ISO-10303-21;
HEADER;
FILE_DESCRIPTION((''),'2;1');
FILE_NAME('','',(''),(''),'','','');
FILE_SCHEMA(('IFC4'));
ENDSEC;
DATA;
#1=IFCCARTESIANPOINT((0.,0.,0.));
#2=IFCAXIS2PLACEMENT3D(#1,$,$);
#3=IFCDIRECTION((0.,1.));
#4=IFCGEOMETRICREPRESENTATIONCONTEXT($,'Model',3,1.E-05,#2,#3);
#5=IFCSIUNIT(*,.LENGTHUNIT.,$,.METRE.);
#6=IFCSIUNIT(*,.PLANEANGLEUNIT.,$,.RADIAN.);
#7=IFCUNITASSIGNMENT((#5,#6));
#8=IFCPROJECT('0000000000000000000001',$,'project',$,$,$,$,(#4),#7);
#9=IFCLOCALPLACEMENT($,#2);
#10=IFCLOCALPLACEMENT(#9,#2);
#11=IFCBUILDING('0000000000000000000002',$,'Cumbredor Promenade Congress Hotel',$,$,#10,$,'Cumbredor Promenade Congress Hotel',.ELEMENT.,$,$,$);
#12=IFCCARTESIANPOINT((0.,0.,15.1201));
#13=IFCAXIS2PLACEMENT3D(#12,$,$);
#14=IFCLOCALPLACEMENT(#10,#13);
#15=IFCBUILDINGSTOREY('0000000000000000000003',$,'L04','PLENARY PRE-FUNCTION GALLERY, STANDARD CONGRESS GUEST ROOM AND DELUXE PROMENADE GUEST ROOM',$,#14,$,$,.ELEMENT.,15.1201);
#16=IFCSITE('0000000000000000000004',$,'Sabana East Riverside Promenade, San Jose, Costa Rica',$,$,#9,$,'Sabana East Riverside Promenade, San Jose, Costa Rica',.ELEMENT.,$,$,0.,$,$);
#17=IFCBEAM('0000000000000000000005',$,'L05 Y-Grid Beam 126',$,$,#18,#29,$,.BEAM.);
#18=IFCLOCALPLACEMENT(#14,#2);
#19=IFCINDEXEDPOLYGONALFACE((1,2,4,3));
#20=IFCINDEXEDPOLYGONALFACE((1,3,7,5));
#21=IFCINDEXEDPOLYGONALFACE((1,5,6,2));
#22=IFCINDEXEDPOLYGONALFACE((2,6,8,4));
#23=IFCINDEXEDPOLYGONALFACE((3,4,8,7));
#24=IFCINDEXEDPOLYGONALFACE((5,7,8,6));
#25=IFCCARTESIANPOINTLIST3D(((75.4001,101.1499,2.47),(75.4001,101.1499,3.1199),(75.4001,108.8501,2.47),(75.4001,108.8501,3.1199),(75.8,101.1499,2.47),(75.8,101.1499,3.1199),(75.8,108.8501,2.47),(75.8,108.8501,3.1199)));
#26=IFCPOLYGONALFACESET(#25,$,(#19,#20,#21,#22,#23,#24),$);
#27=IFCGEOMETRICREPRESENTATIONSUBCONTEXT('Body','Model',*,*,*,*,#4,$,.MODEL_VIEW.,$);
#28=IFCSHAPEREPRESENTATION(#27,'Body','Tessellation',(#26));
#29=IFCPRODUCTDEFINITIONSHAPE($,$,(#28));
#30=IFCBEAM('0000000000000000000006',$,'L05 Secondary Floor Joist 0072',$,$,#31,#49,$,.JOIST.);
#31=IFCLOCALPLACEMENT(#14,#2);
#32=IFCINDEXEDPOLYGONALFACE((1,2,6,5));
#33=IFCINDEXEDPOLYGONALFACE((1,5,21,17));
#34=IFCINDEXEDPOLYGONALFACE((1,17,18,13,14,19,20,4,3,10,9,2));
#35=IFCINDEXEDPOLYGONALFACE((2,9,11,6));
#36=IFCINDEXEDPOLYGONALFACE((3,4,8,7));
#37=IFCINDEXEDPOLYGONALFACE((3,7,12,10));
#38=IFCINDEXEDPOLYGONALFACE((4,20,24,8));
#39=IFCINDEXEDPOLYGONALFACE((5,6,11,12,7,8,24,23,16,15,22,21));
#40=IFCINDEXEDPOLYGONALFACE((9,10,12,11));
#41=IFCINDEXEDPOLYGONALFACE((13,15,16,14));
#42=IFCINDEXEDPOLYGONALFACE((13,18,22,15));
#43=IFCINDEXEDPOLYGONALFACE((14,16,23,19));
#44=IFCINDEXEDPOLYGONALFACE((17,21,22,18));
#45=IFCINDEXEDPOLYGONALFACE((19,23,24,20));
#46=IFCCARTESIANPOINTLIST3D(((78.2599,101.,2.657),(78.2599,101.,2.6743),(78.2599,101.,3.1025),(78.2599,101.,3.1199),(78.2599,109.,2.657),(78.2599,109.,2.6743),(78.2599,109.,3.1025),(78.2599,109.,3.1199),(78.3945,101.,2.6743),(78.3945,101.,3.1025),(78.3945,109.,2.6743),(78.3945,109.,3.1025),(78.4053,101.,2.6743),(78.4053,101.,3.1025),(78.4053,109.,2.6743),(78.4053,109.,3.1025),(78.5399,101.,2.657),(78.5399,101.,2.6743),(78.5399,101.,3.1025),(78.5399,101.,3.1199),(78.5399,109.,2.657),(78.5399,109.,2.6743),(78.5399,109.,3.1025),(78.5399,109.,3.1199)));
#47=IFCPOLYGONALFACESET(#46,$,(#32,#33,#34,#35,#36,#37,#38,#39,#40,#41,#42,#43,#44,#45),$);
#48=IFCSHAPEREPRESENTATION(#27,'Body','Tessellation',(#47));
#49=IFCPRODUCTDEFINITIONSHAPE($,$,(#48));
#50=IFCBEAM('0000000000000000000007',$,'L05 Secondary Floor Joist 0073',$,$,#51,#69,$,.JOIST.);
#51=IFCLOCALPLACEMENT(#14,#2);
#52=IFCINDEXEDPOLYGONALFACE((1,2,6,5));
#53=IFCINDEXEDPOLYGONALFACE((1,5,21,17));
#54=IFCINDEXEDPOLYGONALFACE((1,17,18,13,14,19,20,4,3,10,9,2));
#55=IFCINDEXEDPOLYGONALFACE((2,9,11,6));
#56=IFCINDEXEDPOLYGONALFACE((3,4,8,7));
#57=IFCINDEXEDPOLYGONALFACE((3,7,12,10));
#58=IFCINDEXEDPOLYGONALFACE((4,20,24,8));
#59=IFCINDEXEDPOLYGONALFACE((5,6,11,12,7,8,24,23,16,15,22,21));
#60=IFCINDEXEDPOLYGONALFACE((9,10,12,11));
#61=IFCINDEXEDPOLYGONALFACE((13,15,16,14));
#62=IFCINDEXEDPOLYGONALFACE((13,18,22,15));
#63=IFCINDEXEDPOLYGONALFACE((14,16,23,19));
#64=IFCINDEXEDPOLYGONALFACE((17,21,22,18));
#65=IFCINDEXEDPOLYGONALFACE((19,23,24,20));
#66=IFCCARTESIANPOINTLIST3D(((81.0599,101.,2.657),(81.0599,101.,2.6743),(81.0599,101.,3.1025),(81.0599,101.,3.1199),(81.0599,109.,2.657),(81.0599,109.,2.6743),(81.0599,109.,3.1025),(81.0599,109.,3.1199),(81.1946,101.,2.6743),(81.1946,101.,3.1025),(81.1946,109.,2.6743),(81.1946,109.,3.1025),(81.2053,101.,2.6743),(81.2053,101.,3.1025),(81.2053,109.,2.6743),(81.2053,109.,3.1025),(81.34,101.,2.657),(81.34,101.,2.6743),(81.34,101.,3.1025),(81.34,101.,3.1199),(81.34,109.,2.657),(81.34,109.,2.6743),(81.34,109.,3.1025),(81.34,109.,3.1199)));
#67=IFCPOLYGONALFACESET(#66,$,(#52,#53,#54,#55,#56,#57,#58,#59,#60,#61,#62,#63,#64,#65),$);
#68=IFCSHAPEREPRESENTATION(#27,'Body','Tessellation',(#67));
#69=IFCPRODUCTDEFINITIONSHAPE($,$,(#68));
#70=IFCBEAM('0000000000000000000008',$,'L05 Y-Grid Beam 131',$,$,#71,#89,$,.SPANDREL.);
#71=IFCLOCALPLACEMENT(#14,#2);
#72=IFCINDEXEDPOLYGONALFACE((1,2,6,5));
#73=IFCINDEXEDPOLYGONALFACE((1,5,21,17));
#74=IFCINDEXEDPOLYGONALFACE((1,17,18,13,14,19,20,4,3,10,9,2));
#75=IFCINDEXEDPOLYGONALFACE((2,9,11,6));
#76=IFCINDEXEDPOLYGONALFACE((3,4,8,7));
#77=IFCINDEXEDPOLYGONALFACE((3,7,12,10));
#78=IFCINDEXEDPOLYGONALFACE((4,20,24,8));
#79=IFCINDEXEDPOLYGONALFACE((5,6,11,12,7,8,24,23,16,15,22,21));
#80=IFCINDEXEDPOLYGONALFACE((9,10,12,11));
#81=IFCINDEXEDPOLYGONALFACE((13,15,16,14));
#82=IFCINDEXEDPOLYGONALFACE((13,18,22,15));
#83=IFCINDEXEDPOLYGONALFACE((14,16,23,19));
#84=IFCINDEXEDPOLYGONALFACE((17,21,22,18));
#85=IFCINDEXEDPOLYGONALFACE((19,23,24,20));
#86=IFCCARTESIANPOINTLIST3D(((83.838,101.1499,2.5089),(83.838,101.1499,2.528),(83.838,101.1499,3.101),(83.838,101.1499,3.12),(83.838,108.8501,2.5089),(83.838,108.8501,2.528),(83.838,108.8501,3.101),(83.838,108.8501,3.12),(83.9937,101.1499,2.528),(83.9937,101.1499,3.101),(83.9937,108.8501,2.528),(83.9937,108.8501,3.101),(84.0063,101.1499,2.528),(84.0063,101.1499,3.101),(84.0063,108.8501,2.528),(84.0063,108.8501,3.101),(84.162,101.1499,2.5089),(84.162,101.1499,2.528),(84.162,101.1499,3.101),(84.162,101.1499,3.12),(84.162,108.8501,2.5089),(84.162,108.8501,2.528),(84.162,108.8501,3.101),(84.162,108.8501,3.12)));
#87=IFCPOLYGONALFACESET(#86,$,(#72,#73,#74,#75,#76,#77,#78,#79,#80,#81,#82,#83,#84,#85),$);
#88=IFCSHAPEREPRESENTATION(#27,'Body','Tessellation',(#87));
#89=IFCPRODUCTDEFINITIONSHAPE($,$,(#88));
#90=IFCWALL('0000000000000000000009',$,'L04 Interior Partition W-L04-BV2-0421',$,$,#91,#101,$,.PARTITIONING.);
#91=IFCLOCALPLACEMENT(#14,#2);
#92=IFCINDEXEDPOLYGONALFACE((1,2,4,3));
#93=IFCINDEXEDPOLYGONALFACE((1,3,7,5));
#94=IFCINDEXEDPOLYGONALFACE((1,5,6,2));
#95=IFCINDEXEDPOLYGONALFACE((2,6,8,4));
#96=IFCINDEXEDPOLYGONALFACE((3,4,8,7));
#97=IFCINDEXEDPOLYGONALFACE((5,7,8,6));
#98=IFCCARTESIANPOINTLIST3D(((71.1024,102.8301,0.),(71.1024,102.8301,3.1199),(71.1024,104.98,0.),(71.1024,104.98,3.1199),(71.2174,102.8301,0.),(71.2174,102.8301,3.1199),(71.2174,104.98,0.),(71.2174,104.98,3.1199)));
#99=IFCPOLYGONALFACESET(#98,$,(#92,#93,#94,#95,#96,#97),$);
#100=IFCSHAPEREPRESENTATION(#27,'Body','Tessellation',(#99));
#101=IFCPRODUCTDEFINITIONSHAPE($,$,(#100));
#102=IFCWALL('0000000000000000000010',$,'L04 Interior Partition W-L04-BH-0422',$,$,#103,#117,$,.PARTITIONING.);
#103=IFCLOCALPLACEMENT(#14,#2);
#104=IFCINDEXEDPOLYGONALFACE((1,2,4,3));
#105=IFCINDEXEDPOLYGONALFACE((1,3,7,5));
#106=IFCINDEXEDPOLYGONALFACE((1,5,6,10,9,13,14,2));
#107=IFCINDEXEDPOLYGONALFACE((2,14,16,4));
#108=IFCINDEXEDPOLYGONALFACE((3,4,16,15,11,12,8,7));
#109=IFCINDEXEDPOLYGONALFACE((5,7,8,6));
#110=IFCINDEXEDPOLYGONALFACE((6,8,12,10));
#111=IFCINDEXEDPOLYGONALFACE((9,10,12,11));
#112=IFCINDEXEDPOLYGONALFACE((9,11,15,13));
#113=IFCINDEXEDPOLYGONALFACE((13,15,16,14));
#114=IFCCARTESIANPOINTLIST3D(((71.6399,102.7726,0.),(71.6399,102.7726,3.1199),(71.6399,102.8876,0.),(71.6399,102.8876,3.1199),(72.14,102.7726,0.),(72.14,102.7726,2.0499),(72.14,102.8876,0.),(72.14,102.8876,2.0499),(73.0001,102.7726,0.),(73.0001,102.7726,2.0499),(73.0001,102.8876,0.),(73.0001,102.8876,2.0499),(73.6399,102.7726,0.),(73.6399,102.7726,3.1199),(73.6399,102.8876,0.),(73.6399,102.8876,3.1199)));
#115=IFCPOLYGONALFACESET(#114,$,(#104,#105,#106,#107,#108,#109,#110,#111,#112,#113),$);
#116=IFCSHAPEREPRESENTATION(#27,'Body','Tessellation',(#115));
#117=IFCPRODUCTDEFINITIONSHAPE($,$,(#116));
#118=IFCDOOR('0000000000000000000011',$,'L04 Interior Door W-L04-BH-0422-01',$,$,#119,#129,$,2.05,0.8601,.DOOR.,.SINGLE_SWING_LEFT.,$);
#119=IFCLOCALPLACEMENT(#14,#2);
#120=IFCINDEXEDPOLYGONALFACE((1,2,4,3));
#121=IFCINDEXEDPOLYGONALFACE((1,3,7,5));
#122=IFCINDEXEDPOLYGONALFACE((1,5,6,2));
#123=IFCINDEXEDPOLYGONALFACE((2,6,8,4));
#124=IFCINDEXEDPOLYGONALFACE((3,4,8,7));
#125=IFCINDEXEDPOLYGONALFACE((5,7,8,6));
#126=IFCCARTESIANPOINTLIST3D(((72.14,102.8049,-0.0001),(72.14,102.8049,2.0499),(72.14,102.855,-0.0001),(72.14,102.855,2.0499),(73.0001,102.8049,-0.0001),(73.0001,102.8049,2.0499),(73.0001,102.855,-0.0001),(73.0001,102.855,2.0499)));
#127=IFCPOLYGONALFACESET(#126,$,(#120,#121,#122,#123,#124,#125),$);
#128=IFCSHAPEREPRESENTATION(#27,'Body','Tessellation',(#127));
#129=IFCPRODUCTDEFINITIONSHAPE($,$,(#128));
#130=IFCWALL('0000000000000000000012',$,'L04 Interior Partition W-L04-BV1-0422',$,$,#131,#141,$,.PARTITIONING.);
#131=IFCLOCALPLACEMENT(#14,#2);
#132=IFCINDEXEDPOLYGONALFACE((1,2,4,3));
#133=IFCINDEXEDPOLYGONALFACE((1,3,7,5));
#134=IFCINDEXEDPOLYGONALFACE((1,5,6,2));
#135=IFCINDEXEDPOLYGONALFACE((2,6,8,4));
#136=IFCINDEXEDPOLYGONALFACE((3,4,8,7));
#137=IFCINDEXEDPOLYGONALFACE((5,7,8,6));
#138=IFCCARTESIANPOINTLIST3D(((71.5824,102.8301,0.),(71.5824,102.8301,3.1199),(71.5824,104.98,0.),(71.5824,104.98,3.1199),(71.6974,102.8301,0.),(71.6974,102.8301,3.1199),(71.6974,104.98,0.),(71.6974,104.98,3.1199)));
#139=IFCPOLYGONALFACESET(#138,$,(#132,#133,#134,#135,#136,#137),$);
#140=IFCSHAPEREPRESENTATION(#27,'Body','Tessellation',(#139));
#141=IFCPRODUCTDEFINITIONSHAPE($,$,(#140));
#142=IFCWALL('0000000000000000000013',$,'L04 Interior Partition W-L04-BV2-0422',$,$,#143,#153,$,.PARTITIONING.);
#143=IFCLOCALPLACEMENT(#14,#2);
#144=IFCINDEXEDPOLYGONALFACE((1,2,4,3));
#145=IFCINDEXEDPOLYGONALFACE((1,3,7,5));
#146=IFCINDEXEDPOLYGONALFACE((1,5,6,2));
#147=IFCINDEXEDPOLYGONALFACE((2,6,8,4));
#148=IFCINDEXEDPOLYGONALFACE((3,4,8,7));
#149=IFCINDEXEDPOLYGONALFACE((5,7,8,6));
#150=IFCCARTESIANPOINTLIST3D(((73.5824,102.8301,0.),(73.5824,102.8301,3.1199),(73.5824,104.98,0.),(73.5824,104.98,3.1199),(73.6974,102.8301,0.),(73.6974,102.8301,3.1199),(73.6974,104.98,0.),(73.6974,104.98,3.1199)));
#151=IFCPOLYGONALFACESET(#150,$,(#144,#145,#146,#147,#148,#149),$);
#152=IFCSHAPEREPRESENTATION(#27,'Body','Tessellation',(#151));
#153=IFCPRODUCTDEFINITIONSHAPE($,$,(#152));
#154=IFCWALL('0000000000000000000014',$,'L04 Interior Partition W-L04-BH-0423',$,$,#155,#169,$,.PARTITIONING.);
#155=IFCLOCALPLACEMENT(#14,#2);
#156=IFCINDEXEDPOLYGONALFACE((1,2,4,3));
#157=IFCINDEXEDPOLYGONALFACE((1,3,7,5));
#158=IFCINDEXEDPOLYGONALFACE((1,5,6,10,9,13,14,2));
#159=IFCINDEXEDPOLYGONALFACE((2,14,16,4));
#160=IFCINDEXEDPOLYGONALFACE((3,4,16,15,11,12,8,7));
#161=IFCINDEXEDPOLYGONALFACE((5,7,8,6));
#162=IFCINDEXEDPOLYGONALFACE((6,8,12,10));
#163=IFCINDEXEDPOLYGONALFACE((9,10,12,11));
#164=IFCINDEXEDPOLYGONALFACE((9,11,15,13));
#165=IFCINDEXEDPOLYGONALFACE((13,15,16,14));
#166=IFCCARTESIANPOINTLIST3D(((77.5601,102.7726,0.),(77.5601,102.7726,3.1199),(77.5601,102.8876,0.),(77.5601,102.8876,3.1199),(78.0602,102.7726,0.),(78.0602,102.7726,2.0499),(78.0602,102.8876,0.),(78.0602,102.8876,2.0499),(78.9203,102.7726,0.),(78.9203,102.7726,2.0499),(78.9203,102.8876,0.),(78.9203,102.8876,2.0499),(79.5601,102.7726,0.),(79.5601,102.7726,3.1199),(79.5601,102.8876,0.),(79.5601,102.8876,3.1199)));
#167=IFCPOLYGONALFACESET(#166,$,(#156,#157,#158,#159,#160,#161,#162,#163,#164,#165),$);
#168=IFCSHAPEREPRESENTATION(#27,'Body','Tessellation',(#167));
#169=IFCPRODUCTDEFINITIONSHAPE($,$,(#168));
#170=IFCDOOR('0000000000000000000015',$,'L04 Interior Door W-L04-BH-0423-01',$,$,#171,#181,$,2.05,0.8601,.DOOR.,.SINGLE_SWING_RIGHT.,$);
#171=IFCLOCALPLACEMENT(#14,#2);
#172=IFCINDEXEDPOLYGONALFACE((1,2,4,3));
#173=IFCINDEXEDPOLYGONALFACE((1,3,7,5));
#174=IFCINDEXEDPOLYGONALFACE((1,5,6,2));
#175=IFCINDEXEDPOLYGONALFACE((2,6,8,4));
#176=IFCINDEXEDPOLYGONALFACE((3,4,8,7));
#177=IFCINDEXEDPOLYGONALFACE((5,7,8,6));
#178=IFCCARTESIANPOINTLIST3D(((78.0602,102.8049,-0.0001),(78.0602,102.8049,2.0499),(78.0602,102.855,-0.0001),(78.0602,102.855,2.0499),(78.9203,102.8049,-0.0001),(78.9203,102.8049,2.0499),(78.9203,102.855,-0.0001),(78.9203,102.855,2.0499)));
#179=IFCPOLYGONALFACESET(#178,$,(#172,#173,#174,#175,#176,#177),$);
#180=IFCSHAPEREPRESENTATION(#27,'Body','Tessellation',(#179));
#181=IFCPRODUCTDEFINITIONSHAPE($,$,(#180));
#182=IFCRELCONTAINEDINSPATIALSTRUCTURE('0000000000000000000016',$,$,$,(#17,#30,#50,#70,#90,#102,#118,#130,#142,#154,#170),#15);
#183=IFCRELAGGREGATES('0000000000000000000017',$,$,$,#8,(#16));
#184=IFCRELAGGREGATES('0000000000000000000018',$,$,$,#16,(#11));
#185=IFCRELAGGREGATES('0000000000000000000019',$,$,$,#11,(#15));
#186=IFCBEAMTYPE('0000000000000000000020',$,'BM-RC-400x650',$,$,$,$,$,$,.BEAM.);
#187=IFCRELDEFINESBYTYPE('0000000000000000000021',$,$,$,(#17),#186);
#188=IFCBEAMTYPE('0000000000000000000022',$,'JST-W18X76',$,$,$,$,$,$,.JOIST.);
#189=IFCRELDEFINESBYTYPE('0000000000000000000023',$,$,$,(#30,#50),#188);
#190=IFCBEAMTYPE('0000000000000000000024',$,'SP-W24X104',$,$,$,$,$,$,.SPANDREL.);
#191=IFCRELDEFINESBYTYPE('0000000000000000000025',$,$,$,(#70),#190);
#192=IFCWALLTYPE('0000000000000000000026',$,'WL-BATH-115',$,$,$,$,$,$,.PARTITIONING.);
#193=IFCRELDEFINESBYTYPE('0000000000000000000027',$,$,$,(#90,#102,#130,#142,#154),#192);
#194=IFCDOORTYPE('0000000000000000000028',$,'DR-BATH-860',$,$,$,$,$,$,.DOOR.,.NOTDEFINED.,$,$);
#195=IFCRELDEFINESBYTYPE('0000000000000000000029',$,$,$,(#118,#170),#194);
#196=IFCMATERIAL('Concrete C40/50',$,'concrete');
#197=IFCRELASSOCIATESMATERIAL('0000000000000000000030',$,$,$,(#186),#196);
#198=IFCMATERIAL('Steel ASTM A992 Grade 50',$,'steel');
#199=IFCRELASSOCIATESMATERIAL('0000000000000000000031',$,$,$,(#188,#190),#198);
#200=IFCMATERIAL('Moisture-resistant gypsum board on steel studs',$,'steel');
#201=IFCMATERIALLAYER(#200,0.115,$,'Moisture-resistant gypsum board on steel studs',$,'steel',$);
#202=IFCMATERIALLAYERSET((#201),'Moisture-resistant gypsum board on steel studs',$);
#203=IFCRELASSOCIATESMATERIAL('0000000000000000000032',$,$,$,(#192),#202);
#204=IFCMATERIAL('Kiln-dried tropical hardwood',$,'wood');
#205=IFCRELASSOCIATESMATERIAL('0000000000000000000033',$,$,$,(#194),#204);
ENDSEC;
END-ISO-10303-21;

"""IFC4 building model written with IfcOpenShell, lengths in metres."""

from ifc_helpers import new_model, si_unit, direction, frame, frame_2d, origin, origin_2d, place, context, subcontext, project, spatial, rectangle, i_section, extrude, material, layer, layer_set, material_profile, profile_set, type_object, element, fill, save


model = new_model("IFC4")

# Units and contexts
model_context = context("Model", 3, precision=1e-05, world=origin(), true_north=direction((0.0, 1.0)))
body_context = subcontext(model_context, "Body", "Model", "MODEL_VIEW")
ifc_project = project(units=[si_unit("LENGTHUNIT", "METRE"), si_unit("PLANEANGLEUNIT", "RADIAN")], contexts=[model_context])

# Site, building, storey
site_placement = place(None, origin())
site = spatial("IfcSite", under=ifc_project, at=site_placement, Name="Sabana East Riverside Promenade, San Jose, Costa Rica", LongName="Sabana East Riverside Promenade, San Jose, Costa Rica", CompositionType="ELEMENT", RefElevation=0.0)
building_placement = place(site_placement, origin())
building = spatial("IfcBuilding", under=site, at=building_placement, Name="Cumbredor Promenade Congress Hotel", LongName="Cumbredor Promenade Congress Hotel", CompositionType="ELEMENT")
storey_placement = place(building_placement, frame((0.0, 0.0, 15.1201)))
storey = spatial("IfcBuildingStorey", under=building, at=storey_placement, Name="L04", Description="PLENARY PRE-FUNCTION GALLERY, STANDARD CONGRESS GUEST ROOM AND DELUXE PROMENADE GUEST ROOM", CompositionType="ELEMENT", Elevation=15.1201)

# Beams
ifc_material_1 = material(Name="Concrete C40/50", Category="concrete")
ifc_material_profile_1 = material_profile(ifc_material_1, rectangle(XDim=0.3999, YDim=0.6499, at=origin_2d()), Name="RC BEAM 400x650")
ifc_profile_set_1 = profile_set([ifc_material_profile_1], Name="Concrete C40/50")
beam_type_1 = type_object("IfcBeamType", Name="BM-RC-400x650", PredefinedType="BEAM", material=ifc_profile_set_1)
beam_1_placement = place(storey_placement, frame((75.6001, 101.1499, 2.7949), z_axis=(0.0, 1.0, 0.0), x_axis=(-1.0, 0.0, 0.0)))
element("IfcBeam", 1, at=beam_1_placement, inside=storey, type_object=beam_type_1, Name="L05 Y-Grid Beam 126", PredefinedType="BEAM", context=body_context, shape_type="SweptSolid", body=[
    extrude(rectangle(XDim=0.3999, YDim=0.6499, at=origin_2d()), origin(), (0.0, 0.0, 1.0), 7.7002),
])
ifc_material_2 = material(Name="Steel ASTM A992 Grade 50", Category="steel")
ifc_material_profile_2 = material_profile(ifc_material_2, i_section(OverallWidth=0.28, OverallDepth=0.4629, WebThickness=0.0107, FlangeThickness=0.0173, at=origin_2d()), Name="W18X76")
ifc_profile_set_2 = profile_set([ifc_material_profile_2], Name="Steel ASTM A992 Grade 50")
beam_type_2 = type_object("IfcBeamType", Name="JST-W18X76", PredefinedType="JOIST", material=ifc_profile_set_2)
for number, where, z_axis, x_axis, name in (
    (2, (78.3999, 101.0, 2.8884), (0.0, 1.0, 0.0), (-1.0, 0.0, 0.0), "L05 Secondary Floor Joist 0072"),
    (3, (81.2, 101.0, 2.8884), (0.0, 1.0, 0.0), (-1.0, 0.0, 0.0), "L05 Secondary Floor Joist 0073"),
):
    element("IfcBeam", number, at=place(storey_placement, frame(where, z_axis=z_axis, x_axis=x_axis)), inside=storey, type_object=beam_type_2, Name=name, PredefinedType="JOIST", context=body_context, shape_type="SweptSolid", body=[
        extrude(i_section(OverallWidth=0.28, OverallDepth=0.4629, WebThickness=0.0107, FlangeThickness=0.0173, at=origin_2d()), origin(), (0.0, 0.0, 1.0), 8.0),
    ])
ifc_material_profile_3 = material_profile(ifc_material_2, i_section(OverallWidth=0.324, OverallDepth=0.6111, WebThickness=0.0127, FlangeThickness=0.019, at=origin_2d()), Name="W24X104")
ifc_profile_set_3 = profile_set([ifc_material_profile_3], Name="Steel ASTM A992 Grade 50")
beam_type_3 = type_object("IfcBeamType", Name="SP-W24X104", PredefinedType="SPANDREL", material=ifc_profile_set_3)
beam_2_placement = place(storey_placement, frame((84.0, 101.1499, 2.8145), z_axis=(0.0, 1.0, 0.0), x_axis=(-1.0, 0.0, 0.0)))
element("IfcBeam", 4, at=beam_2_placement, inside=storey, type_object=beam_type_3, Name="L05 Y-Grid Beam 131", PredefinedType="SPANDREL", context=body_context, shape_type="SweptSolid", body=[
    extrude(i_section(OverallWidth=0.324, OverallDepth=0.6111, WebThickness=0.0127, FlangeThickness=0.019, at=origin_2d()), origin(), (0.0, 0.0, 1.0), 7.7002),
])

# Wall
ifc_material_3 = material(Name="Moisture-resistant gypsum board on steel studs", Category="steel")
ifc_layer_1 = layer(ifc_material_3, 0.115, Name="Moisture-resistant gypsum board on steel studs", Category="steel")
ifc_layer_set_1 = layer_set([ifc_layer_1], Name="Moisture-resistant gypsum board on steel studs")
wall_type_1 = type_object("IfcWallType", Name="WL-BATH-115", PredefinedType="PARTITIONING", material=ifc_layer_set_1)
wall_1_placement = place(storey_placement, frame((71.1599, 102.8301, 0.0), z_axis=(0.0, 0.0, 1.0), x_axis=(0.0, 1.0, 0.0)))
element("IfcWall", 5, at=wall_1_placement, inside=storey, type_object=wall_type_1, Name="L04 Interior Partition W-L04-BV2-0421", PredefinedType="PARTITIONING", context=body_context, shape_type="SweptSolid", body=[
    extrude(rectangle(XDim=2.1499, YDim=0.115, at=frame_2d((1.075, 0.0))), origin(), (0.0, 0.0, 1.0), 3.1199),
])

# Wall, opening, door
wall_2_placement = place(storey_placement, frame((71.6399, 102.8301, 0.0), z_axis=(0.0, 0.0, 1.0), x_axis=(1.0, 0.0, 0.0)))
wall_2 = element("IfcWall", 6, at=wall_2_placement, inside=storey, type_object=wall_type_1, Name="L04 Interior Partition W-L04-BH-0422", PredefinedType="PARTITIONING", context=body_context, shape_type="SweptSolid", body=[
    extrude(rectangle(XDim=2.0, YDim=0.115, at=frame_2d((1.0, 0.0))), origin(), (0.0, 0.0, 1.0), 3.1199),
])
opening_1_placement = place(wall_2_placement, frame((0.5, 0.0, 0.0)))
opening_1 = element("IfcOpeningElement", 7, at=opening_1_placement, cuts=wall_2, PredefinedType="OPENING", context=body_context, shape_type="SweptSolid", body=[
    extrude(rectangle(XDim=0.8601, YDim=2.05, at=frame_2d((0.4302, 1.0249))), frame((0.0, 0.0674, 0.0), z_axis=(0.0, -1.0, 0.0), x_axis=(1.0, 0.0, 0.0)), (0.0, 0.0, 1.0), 0.135),
])
ifc_material_4 = material(Name="Kiln-dried tropical hardwood", Category="wood")
door_type = type_object("IfcDoorType", Name="DR-BATH-860", OperationType="NOTDEFINED", PredefinedType="DOOR", material=ifc_material_4)
door_1_placement = place(opening_1_placement, origin())
door_1 = element("IfcDoor", 8, at=door_1_placement, inside=storey, type_object=door_type, Name="L04 Interior Door W-L04-BH-0422-01", OperationType="SINGLE_SWING_LEFT", OverallHeight=2.05, OverallWidth=0.8601, PredefinedType="DOOR", context=body_context, shape_type="SweptSolid", body=[
    extrude(rectangle(XDim=0.8601, YDim=2.05, at=frame_2d((0.4302, 1.0249))), frame((0.0, 0.0249, 0.0), z_axis=(0.0, -1.0, 0.0), x_axis=(1.0, 0.0, 0.0)), (0.0, 0.0, 1.0), 0.05),
])
fill(opening_1, door_1)

# Walls
for number, where, z_axis, x_axis, name in (
    (9, (71.6399, 102.8301, 0.0), (0.0, 0.0, 1.0), (0.0, 1.0, 0.0), "L04 Interior Partition W-L04-BV1-0422"),
    (10, (73.6399, 102.8301, 0.0), (0.0, 0.0, 1.0), (0.0, 1.0, 0.0), "L04 Interior Partition W-L04-BV2-0422"),
):
    element("IfcWall", number, at=place(storey_placement, frame(where, z_axis=z_axis, x_axis=x_axis)), inside=storey, type_object=wall_type_1, Name=name, PredefinedType="PARTITIONING", context=body_context, shape_type="SweptSolid", body=[
        extrude(rectangle(XDim=2.1499, YDim=0.115, at=frame_2d((1.075, 0.0))), origin(), (0.0, 0.0, 1.0), 3.1199),
    ])

# Wall, opening, door
wall_3_placement = place(storey_placement, frame((77.5601, 102.8301, 0.0), z_axis=(0.0, 0.0, 1.0), x_axis=(1.0, 0.0, 0.0)))
wall_3 = element("IfcWall", 11, at=wall_3_placement, inside=storey, type_object=wall_type_1, Name="L04 Interior Partition W-L04-BH-0423", PredefinedType="PARTITIONING", context=body_context, shape_type="SweptSolid", body=[
    extrude(rectangle(XDim=2.0, YDim=0.115, at=frame_2d((1.0, 0.0))), origin(), (0.0, 0.0, 1.0), 3.1199),
])
opening_2_placement = place(wall_3_placement, frame((0.5, 0.0, 0.0)))
opening_2 = element("IfcOpeningElement", 12, at=opening_2_placement, cuts=wall_3, PredefinedType="OPENING", context=body_context, shape_type="SweptSolid", body=[
    extrude(rectangle(XDim=0.8601, YDim=2.05, at=frame_2d((0.4302, 1.0249))), frame((0.0, 0.0674, 0.0), z_axis=(0.0, -1.0, 0.0), x_axis=(1.0, 0.0, 0.0)), (0.0, 0.0, 1.0), 0.135),
])
door_2_placement = place(opening_2_placement, origin())
door_2 = element("IfcDoor", 13, at=door_2_placement, inside=storey, type_object=door_type, Name="L04 Interior Door W-L04-BH-0423-01", OperationType="SINGLE_SWING_RIGHT", OverallHeight=2.05, OverallWidth=0.8601, PredefinedType="DOOR", context=body_context, shape_type="SweptSolid", body=[
    extrude(rectangle(XDim=0.8601, YDim=2.05, at=frame_2d((0.4302, 1.0249))), frame((0.0, 0.0249, 0.0), z_axis=(0.0, -1.0, 0.0), x_axis=(1.0, 0.0, 0.0)), (0.0, 0.0, 1.0), 0.05),
])
fill(opening_2, door_2)

save(model, "model.ifc")
